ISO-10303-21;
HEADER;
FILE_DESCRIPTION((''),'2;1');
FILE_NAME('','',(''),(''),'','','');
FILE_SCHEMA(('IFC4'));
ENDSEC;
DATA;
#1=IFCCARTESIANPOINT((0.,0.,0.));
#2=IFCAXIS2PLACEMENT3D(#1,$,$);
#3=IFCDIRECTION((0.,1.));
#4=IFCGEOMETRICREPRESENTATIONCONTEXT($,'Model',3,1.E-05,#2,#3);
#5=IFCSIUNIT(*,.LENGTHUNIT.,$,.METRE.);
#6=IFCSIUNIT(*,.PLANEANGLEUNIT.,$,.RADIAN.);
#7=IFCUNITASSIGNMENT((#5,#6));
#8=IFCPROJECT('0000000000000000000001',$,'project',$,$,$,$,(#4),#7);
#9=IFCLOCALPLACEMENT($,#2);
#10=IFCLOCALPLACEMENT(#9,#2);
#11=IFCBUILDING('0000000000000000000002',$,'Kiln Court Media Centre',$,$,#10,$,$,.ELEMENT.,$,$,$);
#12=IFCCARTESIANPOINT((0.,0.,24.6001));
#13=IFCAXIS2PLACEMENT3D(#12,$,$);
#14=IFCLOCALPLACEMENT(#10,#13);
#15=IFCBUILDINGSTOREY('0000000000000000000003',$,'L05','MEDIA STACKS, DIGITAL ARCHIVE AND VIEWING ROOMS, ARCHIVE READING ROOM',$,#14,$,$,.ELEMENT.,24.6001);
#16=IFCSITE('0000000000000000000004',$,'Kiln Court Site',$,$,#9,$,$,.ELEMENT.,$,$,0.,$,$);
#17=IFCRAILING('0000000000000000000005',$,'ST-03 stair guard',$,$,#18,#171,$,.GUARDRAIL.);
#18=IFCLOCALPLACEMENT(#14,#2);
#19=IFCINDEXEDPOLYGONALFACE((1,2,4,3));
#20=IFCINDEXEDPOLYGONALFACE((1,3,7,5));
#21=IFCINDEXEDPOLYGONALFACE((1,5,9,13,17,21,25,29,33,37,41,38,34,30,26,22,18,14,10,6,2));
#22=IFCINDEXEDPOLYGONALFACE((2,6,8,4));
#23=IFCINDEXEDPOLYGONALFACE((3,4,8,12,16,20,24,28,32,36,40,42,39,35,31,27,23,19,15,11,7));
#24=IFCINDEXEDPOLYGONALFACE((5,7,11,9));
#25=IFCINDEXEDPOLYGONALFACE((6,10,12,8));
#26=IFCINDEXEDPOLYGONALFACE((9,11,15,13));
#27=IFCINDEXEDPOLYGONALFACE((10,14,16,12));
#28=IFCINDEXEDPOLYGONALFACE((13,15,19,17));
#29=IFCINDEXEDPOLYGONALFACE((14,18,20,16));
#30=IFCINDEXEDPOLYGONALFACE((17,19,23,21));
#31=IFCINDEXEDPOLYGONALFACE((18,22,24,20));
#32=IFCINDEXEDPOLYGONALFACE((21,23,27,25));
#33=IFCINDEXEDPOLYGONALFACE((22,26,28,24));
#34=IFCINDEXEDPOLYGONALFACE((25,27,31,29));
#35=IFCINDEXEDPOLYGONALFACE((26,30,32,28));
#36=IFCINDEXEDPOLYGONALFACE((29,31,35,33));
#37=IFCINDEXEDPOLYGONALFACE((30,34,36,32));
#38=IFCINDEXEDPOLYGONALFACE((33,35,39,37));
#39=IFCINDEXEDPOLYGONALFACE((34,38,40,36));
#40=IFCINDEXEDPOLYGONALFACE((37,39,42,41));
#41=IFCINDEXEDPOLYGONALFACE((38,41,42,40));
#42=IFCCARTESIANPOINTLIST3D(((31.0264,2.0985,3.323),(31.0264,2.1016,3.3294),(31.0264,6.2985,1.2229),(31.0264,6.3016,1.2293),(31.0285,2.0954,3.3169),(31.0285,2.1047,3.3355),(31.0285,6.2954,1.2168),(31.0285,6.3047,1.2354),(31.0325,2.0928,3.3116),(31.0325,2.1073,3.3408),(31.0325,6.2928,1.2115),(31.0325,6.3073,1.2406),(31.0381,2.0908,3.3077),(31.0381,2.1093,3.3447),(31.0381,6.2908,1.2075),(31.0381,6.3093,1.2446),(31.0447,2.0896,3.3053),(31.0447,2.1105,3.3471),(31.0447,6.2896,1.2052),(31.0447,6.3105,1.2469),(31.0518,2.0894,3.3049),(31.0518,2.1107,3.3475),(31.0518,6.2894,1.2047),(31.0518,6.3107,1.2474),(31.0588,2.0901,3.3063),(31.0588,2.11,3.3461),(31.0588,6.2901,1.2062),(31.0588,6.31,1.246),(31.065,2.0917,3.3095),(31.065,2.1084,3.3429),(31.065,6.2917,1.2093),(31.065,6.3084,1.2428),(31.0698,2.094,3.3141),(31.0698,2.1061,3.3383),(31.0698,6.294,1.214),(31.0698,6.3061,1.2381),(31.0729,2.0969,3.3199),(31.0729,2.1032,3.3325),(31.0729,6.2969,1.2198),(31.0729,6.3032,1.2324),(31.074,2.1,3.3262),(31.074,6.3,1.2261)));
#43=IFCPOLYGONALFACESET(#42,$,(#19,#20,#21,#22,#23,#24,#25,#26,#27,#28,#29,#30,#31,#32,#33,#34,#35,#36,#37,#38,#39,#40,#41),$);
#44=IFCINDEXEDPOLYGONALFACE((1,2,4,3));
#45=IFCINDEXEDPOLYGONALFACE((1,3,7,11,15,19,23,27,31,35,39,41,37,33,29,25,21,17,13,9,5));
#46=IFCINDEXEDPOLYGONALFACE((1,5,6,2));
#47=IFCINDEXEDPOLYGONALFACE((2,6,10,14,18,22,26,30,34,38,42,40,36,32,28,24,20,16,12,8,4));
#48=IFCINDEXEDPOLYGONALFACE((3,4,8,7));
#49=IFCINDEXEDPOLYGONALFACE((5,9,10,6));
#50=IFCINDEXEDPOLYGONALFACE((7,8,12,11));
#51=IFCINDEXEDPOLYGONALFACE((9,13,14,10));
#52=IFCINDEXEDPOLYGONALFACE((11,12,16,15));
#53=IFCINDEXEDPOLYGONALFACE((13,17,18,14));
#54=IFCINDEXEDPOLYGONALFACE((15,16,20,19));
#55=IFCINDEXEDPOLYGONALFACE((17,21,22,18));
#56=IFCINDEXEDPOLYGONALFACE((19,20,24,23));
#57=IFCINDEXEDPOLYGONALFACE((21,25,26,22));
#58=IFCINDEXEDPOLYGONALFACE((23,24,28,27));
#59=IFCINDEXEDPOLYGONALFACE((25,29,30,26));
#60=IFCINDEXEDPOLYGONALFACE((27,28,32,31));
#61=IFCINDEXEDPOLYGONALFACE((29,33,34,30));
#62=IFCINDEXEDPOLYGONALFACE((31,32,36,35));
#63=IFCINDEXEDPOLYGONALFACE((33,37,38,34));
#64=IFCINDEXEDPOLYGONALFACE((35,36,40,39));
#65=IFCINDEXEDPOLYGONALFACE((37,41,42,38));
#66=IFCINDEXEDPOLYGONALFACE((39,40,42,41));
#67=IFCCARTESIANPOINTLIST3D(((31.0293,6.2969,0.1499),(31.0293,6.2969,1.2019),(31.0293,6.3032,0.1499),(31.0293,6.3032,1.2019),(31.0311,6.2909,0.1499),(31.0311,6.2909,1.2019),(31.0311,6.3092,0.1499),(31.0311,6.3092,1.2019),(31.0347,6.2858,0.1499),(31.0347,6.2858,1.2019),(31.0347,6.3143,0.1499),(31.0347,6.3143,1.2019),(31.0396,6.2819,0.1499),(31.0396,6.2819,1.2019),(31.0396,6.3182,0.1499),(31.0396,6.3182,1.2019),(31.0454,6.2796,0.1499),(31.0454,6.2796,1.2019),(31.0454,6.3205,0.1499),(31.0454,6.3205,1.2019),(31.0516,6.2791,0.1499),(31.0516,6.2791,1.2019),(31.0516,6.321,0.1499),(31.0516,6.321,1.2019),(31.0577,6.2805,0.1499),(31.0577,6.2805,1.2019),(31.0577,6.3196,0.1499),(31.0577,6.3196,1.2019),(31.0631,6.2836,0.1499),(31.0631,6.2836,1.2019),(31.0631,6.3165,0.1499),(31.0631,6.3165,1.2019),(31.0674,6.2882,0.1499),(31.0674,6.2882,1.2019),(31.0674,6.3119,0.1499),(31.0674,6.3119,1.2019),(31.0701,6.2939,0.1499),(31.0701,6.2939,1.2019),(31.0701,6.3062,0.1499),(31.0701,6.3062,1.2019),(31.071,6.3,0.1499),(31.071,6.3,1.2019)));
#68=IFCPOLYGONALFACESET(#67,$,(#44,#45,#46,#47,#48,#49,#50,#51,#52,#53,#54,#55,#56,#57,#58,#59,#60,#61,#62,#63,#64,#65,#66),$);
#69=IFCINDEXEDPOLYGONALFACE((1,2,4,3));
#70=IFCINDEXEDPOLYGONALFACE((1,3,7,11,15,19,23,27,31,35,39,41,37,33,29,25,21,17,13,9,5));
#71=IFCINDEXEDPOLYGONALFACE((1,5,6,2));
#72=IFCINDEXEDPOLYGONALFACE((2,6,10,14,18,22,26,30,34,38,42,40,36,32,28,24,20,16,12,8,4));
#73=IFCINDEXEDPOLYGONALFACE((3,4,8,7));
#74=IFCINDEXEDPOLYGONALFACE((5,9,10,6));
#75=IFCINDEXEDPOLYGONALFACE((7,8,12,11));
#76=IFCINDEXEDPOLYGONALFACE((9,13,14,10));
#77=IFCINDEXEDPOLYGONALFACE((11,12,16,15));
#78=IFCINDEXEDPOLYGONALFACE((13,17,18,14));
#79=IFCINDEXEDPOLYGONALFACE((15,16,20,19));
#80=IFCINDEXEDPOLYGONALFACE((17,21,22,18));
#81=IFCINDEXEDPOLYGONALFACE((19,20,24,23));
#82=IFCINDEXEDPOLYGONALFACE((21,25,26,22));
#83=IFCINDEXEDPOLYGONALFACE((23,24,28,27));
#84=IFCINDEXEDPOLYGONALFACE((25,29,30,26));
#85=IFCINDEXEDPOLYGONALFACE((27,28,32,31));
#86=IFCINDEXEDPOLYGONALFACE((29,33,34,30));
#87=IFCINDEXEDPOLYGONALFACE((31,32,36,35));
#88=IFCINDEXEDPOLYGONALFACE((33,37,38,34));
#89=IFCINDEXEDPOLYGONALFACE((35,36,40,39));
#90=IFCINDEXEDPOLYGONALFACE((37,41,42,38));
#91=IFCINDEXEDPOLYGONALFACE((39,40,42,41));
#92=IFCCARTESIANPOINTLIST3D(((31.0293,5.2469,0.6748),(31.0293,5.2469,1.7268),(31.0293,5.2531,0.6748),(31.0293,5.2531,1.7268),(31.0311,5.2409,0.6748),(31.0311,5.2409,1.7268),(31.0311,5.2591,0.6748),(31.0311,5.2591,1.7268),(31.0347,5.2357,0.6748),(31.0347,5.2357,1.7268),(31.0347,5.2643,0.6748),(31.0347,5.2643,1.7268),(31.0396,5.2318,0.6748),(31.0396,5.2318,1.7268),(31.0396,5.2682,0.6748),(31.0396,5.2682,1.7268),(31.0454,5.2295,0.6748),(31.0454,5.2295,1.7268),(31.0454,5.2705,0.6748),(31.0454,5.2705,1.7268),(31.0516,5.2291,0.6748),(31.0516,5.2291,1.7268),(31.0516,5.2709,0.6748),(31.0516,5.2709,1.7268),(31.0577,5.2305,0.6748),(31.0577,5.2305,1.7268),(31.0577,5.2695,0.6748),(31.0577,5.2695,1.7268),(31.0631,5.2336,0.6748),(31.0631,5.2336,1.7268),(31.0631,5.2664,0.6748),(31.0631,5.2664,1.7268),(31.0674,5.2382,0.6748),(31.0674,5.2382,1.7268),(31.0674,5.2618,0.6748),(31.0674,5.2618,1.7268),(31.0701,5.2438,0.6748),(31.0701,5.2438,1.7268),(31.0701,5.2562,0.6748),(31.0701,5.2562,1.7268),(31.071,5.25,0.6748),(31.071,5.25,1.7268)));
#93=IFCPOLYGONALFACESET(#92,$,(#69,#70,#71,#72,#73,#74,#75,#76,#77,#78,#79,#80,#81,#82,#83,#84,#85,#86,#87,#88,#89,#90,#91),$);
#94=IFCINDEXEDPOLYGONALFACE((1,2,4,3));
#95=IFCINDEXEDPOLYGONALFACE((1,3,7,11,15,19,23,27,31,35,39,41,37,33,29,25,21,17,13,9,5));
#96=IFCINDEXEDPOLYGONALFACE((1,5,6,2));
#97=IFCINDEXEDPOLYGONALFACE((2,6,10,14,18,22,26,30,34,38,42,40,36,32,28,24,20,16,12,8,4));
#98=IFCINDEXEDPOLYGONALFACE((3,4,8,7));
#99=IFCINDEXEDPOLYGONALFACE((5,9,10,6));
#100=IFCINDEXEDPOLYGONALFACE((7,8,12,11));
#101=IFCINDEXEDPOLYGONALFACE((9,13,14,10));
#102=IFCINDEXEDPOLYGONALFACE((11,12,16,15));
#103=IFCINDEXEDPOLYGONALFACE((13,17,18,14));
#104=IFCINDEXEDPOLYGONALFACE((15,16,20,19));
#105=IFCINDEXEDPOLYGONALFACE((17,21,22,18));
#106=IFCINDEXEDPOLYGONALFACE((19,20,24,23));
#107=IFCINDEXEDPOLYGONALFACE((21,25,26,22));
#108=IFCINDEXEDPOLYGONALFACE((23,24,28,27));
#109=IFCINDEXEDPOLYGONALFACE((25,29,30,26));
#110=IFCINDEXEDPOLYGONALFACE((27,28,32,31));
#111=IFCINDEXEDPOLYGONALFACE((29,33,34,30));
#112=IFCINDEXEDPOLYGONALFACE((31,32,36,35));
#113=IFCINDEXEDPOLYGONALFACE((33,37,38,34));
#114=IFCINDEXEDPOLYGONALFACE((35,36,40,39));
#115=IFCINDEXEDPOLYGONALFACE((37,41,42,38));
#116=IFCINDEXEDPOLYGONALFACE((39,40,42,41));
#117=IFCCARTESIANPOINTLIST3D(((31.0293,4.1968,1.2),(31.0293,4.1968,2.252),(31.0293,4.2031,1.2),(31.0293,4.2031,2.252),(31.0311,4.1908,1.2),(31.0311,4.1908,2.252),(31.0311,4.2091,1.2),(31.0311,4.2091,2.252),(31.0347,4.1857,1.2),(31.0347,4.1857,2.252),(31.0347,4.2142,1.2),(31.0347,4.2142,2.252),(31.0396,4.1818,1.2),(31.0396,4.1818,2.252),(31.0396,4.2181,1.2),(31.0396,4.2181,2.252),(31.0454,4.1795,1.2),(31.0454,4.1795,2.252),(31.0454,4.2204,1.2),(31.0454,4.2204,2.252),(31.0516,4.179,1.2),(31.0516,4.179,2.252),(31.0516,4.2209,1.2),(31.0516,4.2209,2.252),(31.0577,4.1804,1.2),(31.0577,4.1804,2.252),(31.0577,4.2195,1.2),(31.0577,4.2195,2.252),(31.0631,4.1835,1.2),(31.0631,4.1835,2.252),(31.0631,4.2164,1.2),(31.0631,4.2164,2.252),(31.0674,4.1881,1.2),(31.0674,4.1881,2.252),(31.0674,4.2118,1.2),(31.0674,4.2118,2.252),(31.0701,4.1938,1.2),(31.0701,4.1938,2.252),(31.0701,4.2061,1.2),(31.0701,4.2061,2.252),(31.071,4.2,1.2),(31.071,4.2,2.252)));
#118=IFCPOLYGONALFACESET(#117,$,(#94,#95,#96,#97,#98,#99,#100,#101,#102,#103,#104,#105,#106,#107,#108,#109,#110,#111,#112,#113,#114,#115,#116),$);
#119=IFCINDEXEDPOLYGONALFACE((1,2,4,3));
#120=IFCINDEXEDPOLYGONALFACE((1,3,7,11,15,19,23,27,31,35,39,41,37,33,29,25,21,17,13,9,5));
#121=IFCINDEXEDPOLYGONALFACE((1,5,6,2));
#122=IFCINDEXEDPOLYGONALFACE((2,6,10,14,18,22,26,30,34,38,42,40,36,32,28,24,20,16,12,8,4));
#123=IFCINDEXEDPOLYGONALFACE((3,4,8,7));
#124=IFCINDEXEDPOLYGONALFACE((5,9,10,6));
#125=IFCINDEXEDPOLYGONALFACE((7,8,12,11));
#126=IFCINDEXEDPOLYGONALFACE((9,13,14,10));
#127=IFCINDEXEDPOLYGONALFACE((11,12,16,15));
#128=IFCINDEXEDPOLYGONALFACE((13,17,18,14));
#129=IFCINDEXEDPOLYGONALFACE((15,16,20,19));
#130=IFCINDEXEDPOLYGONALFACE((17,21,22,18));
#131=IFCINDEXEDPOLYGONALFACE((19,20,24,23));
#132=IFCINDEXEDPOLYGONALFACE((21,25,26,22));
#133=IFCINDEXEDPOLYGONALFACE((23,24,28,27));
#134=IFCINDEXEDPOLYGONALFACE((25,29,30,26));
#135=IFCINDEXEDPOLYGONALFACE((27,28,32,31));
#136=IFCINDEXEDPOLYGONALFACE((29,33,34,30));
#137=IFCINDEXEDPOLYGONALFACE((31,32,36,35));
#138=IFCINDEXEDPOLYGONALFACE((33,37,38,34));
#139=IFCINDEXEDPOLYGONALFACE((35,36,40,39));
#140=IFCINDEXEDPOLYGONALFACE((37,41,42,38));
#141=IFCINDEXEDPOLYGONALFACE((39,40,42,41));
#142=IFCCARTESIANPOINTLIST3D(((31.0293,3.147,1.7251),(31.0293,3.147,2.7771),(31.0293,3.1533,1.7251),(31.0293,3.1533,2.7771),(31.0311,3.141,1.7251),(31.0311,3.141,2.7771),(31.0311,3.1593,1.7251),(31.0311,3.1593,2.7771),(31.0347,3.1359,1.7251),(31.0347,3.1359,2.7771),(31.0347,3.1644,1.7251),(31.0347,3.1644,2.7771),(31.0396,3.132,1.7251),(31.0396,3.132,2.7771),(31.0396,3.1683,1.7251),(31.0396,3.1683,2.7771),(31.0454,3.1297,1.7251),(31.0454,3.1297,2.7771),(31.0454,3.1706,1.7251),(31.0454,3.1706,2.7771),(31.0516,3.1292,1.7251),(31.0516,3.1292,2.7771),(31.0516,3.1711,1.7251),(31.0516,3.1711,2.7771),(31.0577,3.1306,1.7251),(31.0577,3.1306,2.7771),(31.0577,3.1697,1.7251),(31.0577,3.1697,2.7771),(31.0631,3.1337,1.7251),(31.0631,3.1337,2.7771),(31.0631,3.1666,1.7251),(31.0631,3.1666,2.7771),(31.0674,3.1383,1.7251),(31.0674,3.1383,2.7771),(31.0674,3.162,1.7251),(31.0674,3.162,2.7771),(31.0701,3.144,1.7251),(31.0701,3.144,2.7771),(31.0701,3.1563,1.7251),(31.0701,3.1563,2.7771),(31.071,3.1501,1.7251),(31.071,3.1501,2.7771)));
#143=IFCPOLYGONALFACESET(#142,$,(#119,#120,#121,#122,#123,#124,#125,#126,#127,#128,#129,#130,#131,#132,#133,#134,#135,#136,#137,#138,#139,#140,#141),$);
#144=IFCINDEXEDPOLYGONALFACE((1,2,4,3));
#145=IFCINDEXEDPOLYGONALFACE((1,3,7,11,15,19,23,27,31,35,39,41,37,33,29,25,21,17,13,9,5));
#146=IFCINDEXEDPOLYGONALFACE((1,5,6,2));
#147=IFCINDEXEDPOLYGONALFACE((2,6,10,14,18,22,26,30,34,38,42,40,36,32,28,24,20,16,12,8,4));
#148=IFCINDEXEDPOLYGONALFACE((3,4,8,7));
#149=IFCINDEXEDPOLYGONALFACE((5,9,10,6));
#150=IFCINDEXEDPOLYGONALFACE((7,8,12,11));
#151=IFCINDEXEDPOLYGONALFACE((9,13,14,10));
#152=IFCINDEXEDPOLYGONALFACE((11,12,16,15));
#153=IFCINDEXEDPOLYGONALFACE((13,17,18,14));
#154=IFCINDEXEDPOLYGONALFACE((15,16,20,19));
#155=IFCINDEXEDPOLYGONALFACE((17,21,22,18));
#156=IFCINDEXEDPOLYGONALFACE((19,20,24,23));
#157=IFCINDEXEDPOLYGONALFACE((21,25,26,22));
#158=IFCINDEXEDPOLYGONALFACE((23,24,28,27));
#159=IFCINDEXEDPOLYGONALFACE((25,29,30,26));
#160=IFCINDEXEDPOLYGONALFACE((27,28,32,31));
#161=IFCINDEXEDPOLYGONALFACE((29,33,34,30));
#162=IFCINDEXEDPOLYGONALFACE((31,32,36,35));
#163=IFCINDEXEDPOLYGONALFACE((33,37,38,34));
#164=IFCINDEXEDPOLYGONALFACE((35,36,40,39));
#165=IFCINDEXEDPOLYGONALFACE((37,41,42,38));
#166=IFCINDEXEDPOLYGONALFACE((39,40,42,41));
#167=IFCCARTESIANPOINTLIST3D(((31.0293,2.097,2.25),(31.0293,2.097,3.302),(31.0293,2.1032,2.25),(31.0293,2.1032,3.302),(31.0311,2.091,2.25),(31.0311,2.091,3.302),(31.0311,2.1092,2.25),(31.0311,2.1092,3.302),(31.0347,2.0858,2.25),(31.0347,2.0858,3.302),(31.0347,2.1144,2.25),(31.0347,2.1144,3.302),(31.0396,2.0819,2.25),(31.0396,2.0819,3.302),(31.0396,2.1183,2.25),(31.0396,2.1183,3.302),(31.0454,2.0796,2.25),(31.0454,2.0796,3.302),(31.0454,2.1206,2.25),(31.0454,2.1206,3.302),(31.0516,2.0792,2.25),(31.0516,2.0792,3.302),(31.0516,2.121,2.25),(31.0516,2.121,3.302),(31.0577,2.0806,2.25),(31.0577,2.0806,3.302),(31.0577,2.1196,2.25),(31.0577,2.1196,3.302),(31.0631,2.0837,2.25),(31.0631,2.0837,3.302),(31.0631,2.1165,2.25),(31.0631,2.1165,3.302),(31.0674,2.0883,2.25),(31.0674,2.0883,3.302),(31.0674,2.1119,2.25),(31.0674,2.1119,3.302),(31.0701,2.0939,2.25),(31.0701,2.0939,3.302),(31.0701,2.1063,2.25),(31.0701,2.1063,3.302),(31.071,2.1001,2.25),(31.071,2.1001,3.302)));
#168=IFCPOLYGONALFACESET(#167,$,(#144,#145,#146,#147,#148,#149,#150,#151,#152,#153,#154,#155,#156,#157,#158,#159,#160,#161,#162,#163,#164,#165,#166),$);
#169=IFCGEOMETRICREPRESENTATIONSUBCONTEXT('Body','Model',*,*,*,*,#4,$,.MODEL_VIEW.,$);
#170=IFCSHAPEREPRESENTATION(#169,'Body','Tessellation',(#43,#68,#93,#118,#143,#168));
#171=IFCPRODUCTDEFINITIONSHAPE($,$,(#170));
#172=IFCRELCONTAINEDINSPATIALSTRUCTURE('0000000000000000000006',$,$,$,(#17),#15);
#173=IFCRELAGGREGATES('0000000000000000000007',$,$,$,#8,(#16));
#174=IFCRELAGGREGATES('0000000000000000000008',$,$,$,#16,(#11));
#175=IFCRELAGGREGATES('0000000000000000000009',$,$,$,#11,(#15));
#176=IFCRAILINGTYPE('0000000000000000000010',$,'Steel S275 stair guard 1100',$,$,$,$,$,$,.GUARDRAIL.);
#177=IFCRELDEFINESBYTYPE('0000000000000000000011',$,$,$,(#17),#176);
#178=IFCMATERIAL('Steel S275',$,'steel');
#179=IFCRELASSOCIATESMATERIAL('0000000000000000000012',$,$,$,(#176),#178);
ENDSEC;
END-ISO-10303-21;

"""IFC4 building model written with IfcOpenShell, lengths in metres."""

from ifc_helpers import new_model, si_unit, direction, frame, origin, origin_2d, place, context, subcontext, project, spatial, circle, extrude, material, type_object, element, save


model = new_model("IFC4")

# Units and contexts
model_context = context("Model", 3, precision=1e-05, world=origin(), true_north=direction((0.0, 1.0)))
body_context = subcontext(model_context, "Body", "Model", "MODEL_VIEW")
ifc_project = project(units=[si_unit("LENGTHUNIT", "METRE"), si_unit("PLANEANGLEUNIT", "RADIAN")], contexts=[model_context])

# Site, building, storey
site_placement = place(None, origin())
site = spatial("IfcSite", under=ifc_project, at=site_placement, Name="Kiln Court Site", CompositionType="ELEMENT", RefElevation=0.0)
building_placement = place(site_placement, origin())
building = spatial("IfcBuilding", under=site, at=building_placement, Name="Kiln Court Media Centre", CompositionType="ELEMENT")
storey_placement = place(building_placement, frame((0.0, 0.0, 24.6001)))
storey = spatial("IfcBuildingStorey", under=building, at=storey_placement, Name="L05", Description="MEDIA STACKS, DIGITAL ARCHIVE AND VIEWING ROOMS, ARCHIVE READING ROOM", CompositionType="ELEMENT", Elevation=24.6001)

# Railing
ifc_material_1 = material(Name="Steel S275", Category="steel")
railing_type_1 = type_object("IfcRailingType", Name="Steel S275 stair guard 1100", PredefinedType="GUARDRAIL", material=ifc_material_1)
railing_1_placement = place(storey_placement, frame((31.05, 6.3, 0.1499)))
element("IfcRailing", 1, at=railing_1_placement, inside=storey, type_object=railing_type_1, Name="ST-03 stair guard", PredefinedType="GUARDRAIL", context=body_context, shape_type="SweptSolid", body=[
    extrude(circle(Radius=0.0239, at=origin_2d()), frame((0.0, 0.0, 1.0762), z_axis=(0.0, -0.894417, 0.447234), x_axis=(1.0, 0.0, 0.0)), (0.0, 0.0, 1.0), 4.6958),
    extrude(circle(Radius=0.021, at=origin_2d()), origin(), (0.0, 0.0, 1.0), 1.052),
    extrude(circle(Radius=0.021, at=origin_2d()), frame((0.0, -1.05, 0.5249)), (0.0, 0.0, 1.0), 1.052),
    extrude(circle(Radius=0.021, at=origin_2d()), frame((0.0, -2.1001, 1.05)), (0.0, 0.0, 1.0), 1.052),
    extrude(circle(Radius=0.021, at=origin_2d()), frame((0.0, -3.1499, 1.5752)), (0.0, 0.0, 1.0), 1.052),
    extrude(circle(Radius=0.021, at=origin_2d()), frame((0.0, -4.2, 2.1001)), (0.0, 0.0, 1.0), 1.052),
])

save(model, "model.ifc")
